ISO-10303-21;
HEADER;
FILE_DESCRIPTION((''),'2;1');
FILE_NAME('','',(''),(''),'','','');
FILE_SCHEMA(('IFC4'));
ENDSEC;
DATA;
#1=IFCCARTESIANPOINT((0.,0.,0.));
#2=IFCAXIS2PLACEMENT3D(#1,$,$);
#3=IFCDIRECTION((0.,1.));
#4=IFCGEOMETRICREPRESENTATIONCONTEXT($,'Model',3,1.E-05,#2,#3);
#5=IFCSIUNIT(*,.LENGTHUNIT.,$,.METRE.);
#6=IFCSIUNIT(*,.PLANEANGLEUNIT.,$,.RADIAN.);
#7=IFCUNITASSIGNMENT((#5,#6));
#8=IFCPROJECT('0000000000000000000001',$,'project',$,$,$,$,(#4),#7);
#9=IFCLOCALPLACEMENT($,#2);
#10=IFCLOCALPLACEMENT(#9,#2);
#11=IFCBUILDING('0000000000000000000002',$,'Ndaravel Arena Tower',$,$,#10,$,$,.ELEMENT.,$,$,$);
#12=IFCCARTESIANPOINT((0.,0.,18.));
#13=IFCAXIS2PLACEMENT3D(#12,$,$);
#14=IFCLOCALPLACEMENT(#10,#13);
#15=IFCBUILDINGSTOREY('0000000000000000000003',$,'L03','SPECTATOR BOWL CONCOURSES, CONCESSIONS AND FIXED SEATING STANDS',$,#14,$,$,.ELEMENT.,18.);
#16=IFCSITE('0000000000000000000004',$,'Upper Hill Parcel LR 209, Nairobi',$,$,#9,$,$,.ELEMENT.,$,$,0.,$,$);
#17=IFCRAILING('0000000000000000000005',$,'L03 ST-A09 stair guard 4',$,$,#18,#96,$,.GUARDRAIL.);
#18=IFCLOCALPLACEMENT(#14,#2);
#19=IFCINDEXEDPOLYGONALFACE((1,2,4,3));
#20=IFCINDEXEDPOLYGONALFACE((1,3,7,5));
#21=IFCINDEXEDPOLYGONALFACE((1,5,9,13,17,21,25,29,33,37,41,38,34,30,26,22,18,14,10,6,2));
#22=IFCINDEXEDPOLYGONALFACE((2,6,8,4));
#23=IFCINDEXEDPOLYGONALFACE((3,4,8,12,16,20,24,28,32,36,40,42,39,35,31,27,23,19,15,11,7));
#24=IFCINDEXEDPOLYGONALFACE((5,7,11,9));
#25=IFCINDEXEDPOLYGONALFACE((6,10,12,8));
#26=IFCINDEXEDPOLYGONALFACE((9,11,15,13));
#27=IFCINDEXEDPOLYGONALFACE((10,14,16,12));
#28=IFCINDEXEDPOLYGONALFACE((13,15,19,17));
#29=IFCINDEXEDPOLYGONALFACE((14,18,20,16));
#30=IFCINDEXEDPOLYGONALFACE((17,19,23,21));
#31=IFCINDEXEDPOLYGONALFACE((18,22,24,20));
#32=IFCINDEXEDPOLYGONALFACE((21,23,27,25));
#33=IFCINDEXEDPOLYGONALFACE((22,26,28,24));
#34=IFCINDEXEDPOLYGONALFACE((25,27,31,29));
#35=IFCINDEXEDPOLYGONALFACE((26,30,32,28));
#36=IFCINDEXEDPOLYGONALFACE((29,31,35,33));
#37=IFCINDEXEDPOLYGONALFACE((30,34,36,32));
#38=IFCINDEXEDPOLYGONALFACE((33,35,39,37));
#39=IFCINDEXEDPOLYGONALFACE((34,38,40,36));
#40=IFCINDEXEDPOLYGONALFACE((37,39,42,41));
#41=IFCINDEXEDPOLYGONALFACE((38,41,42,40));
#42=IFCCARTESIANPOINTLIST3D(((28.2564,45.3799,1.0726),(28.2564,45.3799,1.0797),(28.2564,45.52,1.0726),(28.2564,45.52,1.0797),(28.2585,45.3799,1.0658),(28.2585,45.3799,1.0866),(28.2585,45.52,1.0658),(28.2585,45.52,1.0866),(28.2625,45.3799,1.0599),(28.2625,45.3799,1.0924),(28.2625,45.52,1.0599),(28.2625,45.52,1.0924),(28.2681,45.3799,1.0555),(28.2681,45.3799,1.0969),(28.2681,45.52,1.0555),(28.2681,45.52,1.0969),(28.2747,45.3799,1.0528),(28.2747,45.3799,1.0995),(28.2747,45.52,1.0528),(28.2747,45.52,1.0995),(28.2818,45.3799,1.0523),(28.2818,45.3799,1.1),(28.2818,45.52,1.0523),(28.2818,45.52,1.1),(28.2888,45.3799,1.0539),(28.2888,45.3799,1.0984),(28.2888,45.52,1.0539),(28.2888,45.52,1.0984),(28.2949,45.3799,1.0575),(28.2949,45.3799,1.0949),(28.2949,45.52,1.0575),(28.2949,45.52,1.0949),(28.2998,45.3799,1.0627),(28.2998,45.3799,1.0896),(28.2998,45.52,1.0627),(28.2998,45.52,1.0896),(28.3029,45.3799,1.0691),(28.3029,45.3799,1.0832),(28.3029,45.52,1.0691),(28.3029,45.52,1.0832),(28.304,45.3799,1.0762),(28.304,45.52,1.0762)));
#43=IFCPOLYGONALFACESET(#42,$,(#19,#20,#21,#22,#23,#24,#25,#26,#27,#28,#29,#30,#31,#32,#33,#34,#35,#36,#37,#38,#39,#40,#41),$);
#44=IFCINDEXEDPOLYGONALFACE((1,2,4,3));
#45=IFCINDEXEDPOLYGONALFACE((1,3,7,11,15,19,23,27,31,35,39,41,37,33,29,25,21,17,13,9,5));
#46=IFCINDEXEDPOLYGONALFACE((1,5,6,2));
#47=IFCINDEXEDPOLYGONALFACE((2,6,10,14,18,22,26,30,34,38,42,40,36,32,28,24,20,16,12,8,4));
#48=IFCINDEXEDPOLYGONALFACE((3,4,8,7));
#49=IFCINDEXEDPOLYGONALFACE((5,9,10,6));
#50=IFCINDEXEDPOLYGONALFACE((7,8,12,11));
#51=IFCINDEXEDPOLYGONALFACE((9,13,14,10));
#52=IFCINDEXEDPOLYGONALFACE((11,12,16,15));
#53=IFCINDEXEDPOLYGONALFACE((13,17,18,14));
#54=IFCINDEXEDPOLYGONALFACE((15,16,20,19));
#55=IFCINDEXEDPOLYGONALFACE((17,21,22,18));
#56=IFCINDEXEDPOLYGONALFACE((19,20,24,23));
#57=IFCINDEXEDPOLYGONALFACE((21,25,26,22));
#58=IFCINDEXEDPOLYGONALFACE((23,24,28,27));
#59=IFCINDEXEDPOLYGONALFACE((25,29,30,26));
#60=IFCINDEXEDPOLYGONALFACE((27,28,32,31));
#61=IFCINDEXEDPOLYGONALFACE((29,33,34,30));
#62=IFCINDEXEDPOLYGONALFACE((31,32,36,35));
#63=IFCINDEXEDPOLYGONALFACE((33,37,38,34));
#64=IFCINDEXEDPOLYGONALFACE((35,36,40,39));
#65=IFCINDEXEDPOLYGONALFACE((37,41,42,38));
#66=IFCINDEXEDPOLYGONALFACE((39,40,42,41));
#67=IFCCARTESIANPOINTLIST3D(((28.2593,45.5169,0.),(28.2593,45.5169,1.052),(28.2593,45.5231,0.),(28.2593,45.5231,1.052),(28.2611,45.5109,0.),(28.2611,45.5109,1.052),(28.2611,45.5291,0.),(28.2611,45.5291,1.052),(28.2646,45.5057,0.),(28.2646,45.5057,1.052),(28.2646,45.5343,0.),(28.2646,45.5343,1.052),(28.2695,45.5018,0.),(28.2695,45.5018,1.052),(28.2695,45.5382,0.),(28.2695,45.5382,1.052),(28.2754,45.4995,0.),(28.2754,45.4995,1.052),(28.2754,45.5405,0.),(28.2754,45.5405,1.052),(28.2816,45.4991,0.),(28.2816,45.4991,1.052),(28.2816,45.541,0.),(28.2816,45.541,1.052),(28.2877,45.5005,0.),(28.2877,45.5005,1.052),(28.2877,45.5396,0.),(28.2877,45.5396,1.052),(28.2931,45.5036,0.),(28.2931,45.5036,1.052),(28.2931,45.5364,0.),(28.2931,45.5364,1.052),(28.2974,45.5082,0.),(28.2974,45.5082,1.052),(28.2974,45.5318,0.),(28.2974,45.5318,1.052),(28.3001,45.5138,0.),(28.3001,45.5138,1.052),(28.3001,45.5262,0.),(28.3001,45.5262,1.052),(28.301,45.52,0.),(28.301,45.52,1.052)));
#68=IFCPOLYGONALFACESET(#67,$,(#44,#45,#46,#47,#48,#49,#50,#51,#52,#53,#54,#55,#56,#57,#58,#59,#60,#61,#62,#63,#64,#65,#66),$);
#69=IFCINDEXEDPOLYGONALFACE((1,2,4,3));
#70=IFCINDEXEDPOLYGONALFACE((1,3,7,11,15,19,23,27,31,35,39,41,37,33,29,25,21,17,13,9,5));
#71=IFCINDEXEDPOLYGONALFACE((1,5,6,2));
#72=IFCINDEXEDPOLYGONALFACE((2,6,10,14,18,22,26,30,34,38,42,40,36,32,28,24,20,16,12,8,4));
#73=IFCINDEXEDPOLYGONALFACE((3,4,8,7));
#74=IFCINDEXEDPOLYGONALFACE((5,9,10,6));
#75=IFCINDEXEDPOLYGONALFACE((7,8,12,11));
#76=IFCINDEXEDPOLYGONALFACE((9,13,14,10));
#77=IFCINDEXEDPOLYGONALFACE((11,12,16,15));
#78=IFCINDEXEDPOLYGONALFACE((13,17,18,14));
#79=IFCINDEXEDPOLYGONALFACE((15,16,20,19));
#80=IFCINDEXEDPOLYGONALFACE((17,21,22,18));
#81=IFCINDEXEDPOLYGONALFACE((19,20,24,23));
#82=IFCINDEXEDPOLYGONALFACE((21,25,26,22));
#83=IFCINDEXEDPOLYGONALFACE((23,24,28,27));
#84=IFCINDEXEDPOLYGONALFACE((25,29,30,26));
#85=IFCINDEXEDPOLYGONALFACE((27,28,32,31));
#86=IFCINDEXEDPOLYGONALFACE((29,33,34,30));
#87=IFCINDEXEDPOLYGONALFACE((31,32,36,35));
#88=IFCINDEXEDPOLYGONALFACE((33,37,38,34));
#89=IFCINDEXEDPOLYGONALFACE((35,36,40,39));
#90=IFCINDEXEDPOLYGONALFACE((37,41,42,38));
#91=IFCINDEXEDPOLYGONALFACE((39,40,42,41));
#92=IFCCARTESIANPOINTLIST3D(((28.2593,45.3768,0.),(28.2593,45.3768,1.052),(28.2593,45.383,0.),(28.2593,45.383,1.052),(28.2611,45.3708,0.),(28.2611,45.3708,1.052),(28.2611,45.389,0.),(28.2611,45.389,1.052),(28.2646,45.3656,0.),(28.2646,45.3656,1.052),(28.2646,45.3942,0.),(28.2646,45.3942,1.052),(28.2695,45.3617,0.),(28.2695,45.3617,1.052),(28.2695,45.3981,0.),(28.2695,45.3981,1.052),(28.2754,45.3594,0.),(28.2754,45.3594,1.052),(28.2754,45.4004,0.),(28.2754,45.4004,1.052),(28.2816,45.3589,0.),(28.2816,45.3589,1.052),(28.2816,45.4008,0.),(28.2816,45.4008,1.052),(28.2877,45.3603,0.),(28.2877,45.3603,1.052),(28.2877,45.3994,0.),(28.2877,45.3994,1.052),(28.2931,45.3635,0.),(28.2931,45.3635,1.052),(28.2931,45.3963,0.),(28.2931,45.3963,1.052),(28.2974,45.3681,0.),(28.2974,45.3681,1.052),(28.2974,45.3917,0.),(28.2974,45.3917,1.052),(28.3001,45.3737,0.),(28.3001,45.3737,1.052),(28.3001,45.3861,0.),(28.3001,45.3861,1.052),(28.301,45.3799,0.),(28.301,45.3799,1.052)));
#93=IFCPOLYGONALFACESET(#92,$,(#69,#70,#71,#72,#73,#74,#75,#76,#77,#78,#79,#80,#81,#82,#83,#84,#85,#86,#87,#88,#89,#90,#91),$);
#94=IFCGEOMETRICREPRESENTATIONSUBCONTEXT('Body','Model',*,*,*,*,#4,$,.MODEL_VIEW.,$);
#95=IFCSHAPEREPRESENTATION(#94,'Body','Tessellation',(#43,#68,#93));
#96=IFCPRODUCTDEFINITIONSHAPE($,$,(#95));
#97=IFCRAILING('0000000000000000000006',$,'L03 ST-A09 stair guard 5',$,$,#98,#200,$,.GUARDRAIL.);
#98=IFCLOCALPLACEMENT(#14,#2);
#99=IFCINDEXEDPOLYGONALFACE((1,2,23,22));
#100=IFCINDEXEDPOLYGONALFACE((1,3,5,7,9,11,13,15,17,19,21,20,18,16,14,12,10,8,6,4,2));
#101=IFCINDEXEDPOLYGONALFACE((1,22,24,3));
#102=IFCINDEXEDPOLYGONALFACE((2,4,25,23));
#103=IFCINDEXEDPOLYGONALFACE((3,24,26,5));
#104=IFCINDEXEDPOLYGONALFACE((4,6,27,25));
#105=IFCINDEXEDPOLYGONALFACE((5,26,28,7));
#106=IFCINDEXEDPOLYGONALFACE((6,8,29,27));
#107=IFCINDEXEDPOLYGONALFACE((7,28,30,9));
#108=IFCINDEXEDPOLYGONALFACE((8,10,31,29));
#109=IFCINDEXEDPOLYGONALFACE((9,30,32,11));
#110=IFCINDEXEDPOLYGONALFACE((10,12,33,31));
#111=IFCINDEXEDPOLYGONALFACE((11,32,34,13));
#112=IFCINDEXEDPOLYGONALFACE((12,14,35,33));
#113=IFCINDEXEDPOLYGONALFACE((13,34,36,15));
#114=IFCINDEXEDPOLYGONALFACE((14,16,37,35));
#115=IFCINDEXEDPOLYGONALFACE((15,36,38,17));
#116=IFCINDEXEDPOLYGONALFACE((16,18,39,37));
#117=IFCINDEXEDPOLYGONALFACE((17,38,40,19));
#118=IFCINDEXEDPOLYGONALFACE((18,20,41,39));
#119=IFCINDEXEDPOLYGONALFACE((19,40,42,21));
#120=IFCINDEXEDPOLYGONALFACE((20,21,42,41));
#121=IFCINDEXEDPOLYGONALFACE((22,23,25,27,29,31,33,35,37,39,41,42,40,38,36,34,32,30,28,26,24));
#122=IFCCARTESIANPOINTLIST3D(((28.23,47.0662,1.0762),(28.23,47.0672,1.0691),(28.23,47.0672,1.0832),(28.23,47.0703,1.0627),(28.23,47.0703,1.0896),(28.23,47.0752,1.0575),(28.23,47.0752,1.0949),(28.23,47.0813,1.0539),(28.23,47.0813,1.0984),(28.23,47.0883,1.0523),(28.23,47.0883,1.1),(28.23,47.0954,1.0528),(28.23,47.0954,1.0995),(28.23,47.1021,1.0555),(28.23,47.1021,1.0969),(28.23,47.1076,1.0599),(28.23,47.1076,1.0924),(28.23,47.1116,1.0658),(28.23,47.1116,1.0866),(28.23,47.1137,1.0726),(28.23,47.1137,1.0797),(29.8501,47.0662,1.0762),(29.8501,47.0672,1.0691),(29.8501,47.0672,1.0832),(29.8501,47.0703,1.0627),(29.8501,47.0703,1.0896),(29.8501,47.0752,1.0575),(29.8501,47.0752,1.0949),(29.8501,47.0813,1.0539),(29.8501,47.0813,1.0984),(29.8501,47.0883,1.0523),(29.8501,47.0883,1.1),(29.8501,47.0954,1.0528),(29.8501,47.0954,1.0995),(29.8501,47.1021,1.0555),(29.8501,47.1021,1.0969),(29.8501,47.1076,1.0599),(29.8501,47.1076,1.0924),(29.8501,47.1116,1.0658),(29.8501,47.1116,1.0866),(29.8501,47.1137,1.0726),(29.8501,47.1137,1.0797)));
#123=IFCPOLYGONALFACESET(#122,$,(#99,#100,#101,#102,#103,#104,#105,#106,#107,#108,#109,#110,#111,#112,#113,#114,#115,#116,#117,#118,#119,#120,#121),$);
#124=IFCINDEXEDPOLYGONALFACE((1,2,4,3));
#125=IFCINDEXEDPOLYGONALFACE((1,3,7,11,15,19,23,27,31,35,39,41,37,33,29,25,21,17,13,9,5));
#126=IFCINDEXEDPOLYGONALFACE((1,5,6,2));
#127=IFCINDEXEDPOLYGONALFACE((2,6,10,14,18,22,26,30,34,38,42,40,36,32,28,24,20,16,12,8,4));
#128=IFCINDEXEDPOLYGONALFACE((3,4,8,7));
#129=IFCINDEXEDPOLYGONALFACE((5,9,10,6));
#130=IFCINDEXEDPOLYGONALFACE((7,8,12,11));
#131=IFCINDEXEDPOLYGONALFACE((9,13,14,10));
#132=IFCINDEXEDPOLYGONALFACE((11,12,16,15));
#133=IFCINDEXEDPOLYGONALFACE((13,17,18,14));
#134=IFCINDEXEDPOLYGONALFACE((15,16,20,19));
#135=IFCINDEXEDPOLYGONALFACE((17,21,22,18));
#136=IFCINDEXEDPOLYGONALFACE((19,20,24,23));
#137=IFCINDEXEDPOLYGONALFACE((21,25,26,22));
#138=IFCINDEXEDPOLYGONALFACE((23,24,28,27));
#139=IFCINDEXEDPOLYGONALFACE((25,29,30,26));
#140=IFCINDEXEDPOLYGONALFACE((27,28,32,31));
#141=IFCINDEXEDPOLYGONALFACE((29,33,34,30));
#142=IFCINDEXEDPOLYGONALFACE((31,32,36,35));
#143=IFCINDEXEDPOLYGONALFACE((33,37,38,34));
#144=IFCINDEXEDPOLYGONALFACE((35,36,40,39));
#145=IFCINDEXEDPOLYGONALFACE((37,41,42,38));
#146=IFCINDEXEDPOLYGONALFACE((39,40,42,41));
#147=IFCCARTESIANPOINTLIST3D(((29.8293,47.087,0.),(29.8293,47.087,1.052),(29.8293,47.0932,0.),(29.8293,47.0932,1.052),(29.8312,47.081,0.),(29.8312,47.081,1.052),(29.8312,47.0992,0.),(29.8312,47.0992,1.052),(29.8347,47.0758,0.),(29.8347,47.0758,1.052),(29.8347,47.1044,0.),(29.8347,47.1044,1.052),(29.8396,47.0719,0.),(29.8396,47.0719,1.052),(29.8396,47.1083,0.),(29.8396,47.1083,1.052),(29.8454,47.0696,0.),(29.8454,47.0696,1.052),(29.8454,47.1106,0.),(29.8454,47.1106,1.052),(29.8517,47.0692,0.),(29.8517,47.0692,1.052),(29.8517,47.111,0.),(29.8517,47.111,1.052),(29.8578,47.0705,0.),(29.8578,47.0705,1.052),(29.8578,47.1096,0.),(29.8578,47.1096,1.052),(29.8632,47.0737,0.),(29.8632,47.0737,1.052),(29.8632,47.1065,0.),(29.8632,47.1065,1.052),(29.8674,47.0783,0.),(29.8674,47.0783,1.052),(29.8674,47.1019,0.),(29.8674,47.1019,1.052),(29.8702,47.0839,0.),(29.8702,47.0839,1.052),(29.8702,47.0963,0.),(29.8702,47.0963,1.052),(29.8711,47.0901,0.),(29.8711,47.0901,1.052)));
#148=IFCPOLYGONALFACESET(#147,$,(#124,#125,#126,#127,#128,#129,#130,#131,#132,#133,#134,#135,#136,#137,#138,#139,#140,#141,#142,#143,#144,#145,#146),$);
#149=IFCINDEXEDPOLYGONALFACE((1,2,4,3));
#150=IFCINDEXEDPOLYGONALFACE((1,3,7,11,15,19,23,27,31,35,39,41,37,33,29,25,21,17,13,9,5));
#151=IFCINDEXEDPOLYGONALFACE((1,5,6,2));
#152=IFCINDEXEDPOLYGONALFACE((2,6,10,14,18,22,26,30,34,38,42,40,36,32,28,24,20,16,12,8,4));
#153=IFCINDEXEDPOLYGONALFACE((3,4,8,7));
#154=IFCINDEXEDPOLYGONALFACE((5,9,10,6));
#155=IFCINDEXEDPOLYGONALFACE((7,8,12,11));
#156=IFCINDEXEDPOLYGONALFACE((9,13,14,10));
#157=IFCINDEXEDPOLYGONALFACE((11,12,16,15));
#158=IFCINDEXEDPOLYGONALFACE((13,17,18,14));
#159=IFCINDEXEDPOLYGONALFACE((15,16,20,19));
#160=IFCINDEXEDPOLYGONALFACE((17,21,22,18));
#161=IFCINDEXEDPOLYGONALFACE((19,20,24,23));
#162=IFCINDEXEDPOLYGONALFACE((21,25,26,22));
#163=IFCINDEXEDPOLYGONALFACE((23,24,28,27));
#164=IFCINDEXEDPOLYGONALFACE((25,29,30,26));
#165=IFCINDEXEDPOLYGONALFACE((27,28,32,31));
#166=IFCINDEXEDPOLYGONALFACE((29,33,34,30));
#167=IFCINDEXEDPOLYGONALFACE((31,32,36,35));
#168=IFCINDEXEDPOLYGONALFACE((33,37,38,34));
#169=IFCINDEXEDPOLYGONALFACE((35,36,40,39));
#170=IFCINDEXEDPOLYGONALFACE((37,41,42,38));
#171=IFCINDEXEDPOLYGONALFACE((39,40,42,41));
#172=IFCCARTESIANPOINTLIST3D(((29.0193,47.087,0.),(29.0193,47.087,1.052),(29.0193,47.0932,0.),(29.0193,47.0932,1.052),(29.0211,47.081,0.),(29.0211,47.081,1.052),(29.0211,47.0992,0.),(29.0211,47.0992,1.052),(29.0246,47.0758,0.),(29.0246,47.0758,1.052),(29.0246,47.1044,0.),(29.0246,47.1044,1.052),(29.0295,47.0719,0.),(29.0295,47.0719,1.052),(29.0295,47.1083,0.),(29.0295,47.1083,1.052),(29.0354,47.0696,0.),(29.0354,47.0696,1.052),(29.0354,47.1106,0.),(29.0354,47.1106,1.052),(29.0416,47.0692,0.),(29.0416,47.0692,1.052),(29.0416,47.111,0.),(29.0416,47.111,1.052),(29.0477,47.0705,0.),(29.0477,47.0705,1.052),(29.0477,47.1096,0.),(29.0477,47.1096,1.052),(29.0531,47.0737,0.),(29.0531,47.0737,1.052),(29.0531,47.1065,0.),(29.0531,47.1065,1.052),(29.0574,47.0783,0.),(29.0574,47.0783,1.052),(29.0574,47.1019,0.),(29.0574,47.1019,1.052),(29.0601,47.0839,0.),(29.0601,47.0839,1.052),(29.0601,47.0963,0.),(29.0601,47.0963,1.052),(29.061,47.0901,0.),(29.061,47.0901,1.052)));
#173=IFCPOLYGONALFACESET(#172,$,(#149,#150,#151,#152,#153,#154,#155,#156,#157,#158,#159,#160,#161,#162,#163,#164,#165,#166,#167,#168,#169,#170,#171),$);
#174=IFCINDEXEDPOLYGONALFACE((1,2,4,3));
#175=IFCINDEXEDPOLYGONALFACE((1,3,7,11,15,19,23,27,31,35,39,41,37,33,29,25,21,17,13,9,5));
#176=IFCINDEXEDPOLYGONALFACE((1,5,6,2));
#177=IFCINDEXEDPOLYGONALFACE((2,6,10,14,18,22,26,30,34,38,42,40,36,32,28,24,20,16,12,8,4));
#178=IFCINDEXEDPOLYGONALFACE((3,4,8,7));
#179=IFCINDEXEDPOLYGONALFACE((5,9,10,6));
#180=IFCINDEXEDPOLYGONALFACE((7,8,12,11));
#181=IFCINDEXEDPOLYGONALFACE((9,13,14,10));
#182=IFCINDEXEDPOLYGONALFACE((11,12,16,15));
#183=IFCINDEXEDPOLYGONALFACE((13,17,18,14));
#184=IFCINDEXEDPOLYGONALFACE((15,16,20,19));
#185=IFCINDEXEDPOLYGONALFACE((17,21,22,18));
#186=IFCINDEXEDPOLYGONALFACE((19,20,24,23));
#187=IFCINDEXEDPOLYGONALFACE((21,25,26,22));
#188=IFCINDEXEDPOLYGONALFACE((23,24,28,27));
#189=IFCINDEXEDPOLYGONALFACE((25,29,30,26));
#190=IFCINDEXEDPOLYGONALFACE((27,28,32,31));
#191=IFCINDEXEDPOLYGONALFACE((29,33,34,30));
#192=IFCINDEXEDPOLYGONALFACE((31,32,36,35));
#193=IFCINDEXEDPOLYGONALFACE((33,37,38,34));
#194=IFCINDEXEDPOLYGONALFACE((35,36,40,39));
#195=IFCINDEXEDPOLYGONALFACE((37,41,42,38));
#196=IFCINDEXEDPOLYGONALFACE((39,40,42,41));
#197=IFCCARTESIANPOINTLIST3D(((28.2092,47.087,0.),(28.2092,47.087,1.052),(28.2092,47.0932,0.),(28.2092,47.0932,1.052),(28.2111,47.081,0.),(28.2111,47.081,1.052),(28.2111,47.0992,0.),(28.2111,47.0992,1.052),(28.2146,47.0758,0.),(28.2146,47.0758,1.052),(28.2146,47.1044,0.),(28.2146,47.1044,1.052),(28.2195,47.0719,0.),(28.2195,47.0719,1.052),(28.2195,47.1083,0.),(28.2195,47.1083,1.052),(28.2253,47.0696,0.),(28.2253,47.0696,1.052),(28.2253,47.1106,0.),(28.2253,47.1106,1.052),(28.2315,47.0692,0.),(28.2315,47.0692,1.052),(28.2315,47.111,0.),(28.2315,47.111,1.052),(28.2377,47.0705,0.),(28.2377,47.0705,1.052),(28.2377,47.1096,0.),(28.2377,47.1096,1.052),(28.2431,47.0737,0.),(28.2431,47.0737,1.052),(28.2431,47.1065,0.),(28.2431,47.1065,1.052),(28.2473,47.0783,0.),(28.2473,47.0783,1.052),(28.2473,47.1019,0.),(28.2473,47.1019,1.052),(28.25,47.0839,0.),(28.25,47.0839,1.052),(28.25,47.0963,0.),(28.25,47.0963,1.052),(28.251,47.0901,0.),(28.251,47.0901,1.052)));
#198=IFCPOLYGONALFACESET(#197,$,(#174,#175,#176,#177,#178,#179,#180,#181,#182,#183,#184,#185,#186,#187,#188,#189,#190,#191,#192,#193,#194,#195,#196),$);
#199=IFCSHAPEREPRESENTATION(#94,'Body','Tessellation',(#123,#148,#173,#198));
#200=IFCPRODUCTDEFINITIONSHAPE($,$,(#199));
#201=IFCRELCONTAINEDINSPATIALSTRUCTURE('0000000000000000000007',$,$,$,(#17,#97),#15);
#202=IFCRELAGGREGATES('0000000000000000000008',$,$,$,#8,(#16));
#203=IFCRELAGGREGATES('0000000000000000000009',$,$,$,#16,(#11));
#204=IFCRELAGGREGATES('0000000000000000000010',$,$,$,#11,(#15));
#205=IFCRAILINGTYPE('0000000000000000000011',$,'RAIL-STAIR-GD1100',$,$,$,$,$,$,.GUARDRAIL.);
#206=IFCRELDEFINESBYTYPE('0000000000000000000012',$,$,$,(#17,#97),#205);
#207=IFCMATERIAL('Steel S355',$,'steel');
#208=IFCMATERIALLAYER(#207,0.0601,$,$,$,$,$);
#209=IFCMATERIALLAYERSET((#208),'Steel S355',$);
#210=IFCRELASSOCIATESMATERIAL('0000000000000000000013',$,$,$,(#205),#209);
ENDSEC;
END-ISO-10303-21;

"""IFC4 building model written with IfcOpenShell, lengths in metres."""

from ifc_helpers import new_model, si_unit, direction, frame, origin, origin_2d, place, context, subcontext, project, spatial, circle, extrude, material, layer, layer_set, type_object, element, save


model = new_model("IFC4")

# Units and contexts
model_context = context("Model", 3, precision=1e-05, world=origin(), true_north=direction((0.0, 1.0)))
body_context = subcontext(model_context, "Body", "Model", "MODEL_VIEW")
ifc_project = project(units=[si_unit("LENGTHUNIT", "METRE"), si_unit("PLANEANGLEUNIT", "RADIAN")], contexts=[model_context])

# Site, building, storey
site_placement = place(None, origin())
site = spatial("IfcSite", under=ifc_project, at=site_placement, Name="Upper Hill Parcel LR 209, Nairobi", CompositionType="ELEMENT", RefElevation=0.0)
building_placement = place(site_placement, origin())
building = spatial("IfcBuilding", under=site, at=building_placement, Name="Ndaravel Arena Tower", CompositionType="ELEMENT")
storey_placement = place(building_placement, frame((0.0, 0.0, 18.0)))
storey = spatial("IfcBuildingStorey", under=building, at=storey_placement, Name="L03", Description="SPECTATOR BOWL CONCOURSES, CONCESSIONS AND FIXED SEATING STANDS", CompositionType="ELEMENT", Elevation=18.0)

# Railings
ifc_material_1 = material(Name="Steel S355", Category="steel")
ifc_layer_1 = layer(ifc_material_1, 0.0601)
ifc_layer_set_1 = layer_set([ifc_layer_1], Name="Steel S355")
railing_type_1 = type_object("IfcRailingType", Name="RAIL-STAIR-GD1100", PredefinedType="GUARDRAIL", material=ifc_layer_set_1)
railing_1_placement = place(storey_placement, frame((28.28, 45.52, 0.0)))
element("IfcRailing", 1, at=railing_1_placement, inside=storey, type_object=railing_type_1, Name="L03 ST-A09 stair guard 4", PredefinedType="GUARDRAIL", context=body_context, shape_type="SweptSolid", body=[
    extrude(circle(Radius=0.0239, at=origin_2d()), frame((0.0, 0.0, 1.0762), z_axis=(0.0, -1.0, 0.0), x_axis=(1.0, 0.0, 0.0)), (0.0, 0.0, 1.0), 0.1401),
    extrude(circle(Radius=0.021, at=origin_2d()), origin(), (0.0, 0.0, 1.0), 1.052),
    extrude(circle(Radius=0.021, at=origin_2d()), frame((0.0, -0.1401, 0.0)), (0.0, 0.0, 1.0), 1.052),
])
for number, where, name in (
    (2, (29.8501, 47.0901, 0.0), "L03 ST-A09 stair guard 5"),
):
    element("IfcRailing", number, at=place(storey_placement, frame(where)), inside=storey, type_object=railing_type_1, Name=name, PredefinedType="GUARDRAIL", context=body_context, shape_type="SweptSolid", body=[
        extrude(circle(Radius=0.0239, at=origin_2d()), frame((0.0, 0.0, 1.0762), z_axis=(-1.0, 0.0, 0.0), x_axis=(0.0, -1.0, 0.0)), (0.0, 0.0, 1.0), 1.6201),
        extrude(circle(Radius=0.021, at=origin_2d()), origin(), (0.0, 0.0, 1.0), 1.052),
        extrude(circle(Radius=0.021, at=origin_2d()), frame((-0.8101, 0.0, 0.0)), (0.0, 0.0, 1.0), 1.052),
        extrude(circle(Radius=0.021, at=origin_2d()), frame((-1.6201, 0.0, 0.0)), (0.0, 0.0, 1.0), 1.052),
    ])

save(model, "model.ifc")
